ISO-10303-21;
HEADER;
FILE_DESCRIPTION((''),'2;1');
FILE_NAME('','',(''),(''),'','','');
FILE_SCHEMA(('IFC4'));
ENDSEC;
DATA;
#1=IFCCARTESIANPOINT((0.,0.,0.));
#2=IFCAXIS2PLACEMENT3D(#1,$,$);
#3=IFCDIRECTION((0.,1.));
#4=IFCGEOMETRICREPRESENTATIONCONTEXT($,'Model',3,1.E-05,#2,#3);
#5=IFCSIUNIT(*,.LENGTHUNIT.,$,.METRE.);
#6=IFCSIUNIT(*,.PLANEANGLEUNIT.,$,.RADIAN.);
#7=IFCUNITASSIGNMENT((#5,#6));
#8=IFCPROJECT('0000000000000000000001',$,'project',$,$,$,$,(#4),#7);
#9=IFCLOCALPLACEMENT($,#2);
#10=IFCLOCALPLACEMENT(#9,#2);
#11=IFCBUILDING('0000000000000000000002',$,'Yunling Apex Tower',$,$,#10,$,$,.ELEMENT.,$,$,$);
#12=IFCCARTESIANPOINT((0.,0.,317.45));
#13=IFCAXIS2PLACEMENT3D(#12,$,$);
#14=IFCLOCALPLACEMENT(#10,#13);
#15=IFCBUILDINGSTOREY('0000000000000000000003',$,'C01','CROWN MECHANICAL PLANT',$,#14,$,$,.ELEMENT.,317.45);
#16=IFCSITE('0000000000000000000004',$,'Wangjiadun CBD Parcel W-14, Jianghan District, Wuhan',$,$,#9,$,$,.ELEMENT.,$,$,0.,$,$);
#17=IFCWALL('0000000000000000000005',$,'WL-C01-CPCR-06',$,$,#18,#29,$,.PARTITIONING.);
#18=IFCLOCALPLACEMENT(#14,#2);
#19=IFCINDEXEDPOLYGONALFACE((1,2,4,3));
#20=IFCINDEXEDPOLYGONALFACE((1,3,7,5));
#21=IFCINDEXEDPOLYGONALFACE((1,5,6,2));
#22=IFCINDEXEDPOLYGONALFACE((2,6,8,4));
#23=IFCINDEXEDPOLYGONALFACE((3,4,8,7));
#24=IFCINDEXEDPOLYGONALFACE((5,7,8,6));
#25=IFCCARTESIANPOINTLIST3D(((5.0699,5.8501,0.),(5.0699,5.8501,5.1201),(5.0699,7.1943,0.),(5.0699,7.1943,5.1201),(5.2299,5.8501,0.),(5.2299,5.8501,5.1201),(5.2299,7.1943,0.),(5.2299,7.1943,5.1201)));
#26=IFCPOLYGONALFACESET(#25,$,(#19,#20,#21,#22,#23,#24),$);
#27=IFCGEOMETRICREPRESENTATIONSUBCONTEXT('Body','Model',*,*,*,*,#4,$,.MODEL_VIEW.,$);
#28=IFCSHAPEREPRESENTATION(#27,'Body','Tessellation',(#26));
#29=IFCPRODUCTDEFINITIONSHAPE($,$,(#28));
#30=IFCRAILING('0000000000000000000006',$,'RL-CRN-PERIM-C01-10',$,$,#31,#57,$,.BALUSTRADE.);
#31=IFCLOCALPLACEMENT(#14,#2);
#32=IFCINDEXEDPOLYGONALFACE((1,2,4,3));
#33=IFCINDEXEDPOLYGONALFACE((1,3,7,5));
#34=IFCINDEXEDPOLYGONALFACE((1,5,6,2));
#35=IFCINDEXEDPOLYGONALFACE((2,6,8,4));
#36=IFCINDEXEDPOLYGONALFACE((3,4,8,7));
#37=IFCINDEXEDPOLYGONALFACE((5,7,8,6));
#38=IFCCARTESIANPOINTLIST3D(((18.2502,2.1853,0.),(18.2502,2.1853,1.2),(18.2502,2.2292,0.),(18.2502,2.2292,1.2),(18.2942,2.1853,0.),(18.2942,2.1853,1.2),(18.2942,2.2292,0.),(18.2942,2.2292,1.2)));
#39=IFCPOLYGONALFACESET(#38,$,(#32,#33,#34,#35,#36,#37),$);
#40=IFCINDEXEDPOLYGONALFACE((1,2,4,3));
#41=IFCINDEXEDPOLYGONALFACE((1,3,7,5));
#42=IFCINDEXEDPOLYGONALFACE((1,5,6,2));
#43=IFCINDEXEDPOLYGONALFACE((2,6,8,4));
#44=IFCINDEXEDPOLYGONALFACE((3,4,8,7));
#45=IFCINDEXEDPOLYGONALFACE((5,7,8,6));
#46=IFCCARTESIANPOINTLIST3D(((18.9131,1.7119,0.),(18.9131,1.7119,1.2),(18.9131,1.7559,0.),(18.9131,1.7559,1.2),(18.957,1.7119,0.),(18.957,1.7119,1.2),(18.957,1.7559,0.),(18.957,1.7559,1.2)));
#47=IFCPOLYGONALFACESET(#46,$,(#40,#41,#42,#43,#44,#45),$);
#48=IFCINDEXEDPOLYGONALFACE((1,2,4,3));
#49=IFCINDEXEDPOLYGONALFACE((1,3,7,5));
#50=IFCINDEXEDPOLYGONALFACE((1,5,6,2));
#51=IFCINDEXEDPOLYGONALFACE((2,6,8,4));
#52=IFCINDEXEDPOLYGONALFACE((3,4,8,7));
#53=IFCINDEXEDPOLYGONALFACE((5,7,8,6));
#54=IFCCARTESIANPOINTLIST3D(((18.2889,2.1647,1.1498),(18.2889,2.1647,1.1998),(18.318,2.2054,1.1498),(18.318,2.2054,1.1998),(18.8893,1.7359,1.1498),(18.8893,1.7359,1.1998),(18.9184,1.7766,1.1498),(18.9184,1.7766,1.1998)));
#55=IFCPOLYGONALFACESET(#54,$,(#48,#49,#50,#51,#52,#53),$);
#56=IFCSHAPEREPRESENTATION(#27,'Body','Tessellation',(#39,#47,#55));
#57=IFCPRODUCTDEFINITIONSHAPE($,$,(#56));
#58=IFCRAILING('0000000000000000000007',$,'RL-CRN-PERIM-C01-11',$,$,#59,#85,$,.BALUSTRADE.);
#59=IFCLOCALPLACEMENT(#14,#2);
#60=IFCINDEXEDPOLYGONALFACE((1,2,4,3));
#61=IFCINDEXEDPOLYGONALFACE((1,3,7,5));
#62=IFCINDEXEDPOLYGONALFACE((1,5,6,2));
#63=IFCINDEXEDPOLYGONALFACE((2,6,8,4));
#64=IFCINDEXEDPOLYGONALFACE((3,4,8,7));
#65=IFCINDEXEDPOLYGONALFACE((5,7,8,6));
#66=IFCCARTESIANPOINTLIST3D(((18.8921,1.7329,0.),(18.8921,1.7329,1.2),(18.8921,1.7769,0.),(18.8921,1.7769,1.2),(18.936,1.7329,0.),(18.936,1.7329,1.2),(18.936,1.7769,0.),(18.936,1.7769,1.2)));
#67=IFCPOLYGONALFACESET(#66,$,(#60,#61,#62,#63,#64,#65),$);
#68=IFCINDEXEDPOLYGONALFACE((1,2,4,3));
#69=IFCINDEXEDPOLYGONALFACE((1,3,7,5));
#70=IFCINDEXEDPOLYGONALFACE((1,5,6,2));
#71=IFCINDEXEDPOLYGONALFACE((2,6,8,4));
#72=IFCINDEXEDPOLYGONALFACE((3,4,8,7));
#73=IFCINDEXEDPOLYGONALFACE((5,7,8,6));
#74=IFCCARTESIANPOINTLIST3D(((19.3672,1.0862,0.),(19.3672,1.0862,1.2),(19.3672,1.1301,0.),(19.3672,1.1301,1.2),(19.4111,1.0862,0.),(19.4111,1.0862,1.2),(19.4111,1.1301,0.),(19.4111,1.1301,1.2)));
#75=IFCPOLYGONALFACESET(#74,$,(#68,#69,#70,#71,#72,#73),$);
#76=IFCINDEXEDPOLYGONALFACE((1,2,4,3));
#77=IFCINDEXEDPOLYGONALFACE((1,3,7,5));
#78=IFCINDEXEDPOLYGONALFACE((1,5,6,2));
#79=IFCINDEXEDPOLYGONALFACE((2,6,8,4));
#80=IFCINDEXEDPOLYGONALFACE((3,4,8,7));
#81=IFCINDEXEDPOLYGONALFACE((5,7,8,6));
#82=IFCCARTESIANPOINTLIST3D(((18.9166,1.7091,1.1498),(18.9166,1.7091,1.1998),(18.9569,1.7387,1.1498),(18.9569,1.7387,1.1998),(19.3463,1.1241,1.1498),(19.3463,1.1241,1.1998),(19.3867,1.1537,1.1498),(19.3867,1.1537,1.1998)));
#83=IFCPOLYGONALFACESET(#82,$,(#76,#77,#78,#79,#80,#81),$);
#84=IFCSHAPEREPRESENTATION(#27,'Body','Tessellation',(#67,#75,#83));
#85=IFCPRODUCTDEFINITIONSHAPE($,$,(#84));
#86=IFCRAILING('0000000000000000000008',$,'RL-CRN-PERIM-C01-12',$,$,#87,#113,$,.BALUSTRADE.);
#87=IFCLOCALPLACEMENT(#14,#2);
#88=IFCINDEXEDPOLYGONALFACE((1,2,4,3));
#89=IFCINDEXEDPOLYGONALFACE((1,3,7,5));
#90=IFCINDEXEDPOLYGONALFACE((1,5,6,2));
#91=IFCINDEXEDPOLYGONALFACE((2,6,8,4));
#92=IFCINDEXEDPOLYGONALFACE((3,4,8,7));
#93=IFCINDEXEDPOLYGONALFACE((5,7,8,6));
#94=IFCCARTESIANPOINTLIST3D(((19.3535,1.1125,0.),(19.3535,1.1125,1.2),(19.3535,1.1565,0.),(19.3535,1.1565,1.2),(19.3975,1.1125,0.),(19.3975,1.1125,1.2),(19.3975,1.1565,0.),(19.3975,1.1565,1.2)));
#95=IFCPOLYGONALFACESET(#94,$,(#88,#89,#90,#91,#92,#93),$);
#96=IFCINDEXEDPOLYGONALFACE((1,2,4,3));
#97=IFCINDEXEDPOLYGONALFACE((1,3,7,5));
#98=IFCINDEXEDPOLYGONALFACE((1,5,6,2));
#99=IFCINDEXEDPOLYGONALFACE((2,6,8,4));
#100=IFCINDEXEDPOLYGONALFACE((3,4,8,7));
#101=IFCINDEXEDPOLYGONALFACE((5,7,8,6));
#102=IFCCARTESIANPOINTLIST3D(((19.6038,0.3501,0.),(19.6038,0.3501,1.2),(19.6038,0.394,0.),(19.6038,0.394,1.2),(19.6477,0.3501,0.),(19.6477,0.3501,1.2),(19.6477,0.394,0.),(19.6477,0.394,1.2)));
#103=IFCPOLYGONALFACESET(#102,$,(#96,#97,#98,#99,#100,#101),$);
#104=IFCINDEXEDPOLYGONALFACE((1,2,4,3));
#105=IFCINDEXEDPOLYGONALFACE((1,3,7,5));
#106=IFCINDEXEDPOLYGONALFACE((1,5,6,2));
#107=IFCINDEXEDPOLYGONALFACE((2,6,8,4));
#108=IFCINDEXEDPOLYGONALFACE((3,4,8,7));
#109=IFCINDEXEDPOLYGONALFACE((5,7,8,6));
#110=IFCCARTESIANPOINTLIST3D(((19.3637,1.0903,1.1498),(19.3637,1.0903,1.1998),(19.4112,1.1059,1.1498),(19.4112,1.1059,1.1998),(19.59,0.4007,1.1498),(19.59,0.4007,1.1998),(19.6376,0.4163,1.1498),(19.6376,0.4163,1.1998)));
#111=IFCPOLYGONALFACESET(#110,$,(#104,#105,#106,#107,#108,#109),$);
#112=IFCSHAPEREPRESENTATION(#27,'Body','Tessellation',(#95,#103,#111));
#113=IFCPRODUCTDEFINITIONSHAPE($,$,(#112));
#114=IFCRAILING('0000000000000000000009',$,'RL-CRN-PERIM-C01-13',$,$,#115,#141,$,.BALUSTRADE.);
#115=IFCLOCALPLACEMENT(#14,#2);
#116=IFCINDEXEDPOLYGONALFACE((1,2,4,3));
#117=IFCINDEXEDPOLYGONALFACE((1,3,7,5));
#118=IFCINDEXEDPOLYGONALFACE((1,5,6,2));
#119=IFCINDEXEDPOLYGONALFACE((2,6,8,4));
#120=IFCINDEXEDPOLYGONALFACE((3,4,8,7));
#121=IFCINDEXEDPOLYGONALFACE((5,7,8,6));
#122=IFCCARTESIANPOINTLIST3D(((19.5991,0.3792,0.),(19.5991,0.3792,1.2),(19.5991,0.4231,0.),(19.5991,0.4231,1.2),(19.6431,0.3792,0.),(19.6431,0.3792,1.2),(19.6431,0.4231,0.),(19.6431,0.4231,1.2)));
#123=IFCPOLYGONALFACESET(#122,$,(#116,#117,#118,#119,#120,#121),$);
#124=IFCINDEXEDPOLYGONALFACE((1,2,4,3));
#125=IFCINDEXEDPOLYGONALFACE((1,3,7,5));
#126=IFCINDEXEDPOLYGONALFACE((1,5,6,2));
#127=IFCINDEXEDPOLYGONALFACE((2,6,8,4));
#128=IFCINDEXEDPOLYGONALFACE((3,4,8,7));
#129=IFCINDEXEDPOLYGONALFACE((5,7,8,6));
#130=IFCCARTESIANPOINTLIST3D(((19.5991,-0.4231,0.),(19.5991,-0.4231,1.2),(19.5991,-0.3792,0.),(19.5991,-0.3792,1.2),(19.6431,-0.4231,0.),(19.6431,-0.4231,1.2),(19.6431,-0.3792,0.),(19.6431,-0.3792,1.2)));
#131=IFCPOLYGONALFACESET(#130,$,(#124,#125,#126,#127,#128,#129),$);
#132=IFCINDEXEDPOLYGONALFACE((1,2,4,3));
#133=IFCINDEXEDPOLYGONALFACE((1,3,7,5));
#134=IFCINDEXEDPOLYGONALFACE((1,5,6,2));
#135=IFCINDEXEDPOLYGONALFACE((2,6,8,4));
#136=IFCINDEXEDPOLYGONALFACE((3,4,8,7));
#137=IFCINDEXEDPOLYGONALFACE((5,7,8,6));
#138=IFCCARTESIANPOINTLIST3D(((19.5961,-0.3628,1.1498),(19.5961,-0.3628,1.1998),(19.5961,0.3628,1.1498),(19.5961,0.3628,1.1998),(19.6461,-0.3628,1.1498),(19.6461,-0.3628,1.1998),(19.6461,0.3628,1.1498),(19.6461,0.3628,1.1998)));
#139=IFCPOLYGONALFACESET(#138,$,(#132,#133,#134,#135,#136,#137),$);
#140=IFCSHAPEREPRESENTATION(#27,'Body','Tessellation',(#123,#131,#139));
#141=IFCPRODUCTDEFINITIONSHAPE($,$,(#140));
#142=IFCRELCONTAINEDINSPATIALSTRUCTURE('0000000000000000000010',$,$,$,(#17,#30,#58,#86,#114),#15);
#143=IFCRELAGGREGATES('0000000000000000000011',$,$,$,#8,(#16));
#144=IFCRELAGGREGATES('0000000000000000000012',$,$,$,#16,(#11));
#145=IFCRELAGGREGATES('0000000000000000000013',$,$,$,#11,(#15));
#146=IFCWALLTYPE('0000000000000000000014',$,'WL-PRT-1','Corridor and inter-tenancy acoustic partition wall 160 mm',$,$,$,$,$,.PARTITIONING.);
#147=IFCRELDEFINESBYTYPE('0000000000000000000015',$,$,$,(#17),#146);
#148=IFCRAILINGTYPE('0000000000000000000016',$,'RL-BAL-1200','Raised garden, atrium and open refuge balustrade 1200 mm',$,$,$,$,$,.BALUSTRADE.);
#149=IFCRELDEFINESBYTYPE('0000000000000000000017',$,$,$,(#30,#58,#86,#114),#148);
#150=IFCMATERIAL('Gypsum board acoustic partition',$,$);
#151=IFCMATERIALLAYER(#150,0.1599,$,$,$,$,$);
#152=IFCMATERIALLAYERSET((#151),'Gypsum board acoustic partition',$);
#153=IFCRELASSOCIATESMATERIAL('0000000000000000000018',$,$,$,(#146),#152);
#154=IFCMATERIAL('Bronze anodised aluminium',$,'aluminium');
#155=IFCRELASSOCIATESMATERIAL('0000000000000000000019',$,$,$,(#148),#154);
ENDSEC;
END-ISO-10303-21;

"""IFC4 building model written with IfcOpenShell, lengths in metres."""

from ifc_helpers import new_model, si_unit, direction, frame, frame_2d, origin, origin_2d, place, context, subcontext, project, spatial, rectangle, extrude, material, layer, layer_set, type_object, element, save


model = new_model("IFC4")

# Units and contexts
model_context = context("Model", 3, precision=1e-05, world=origin(), true_north=direction((0.0, 1.0)))
body_context = subcontext(model_context, "Body", "Model", "MODEL_VIEW")
ifc_project = project(units=[si_unit("LENGTHUNIT", "METRE"), si_unit("PLANEANGLEUNIT", "RADIAN")], contexts=[model_context])

# Site, building, storey
site_placement = place(None, origin())
site = spatial("IfcSite", under=ifc_project, at=site_placement, Name="Wangjiadun CBD Parcel W-14, Jianghan District, Wuhan", CompositionType="ELEMENT", RefElevation=0.0)
building_placement = place(site_placement, origin())
building = spatial("IfcBuilding", under=site, at=building_placement, Name="Yunling Apex Tower", CompositionType="ELEMENT")
storey_placement = place(building_placement, frame((0.0, 0.0, 317.45)))
storey = spatial("IfcBuildingStorey", under=building, at=storey_placement, Name="C01", Description="CROWN MECHANICAL PLANT", CompositionType="ELEMENT", Elevation=317.45)

# Shared definitions
ifc_material_1 = material(Name="Bronze anodised aluminium", Category="aluminium")

# Wall
ifc_material_2 = material(Name="Gypsum board acoustic partition")
ifc_layer_1 = layer(ifc_material_2, 0.1599)
ifc_layer_set_1 = layer_set([ifc_layer_1], Name="Gypsum board acoustic partition")
wall_type = type_object("IfcWallType", Name="WL-PRT-1", Description="Corridor and inter-tenancy acoustic partition wall 160 mm", PredefinedType="PARTITIONING", material=ifc_layer_set_1)
wall_placement = place(storey_placement, frame((5.1499, 7.1943, 0.0), z_axis=(0.0, 0.0, 1.0), x_axis=(0.0, -1.0, 0.0)))
element("IfcWall", 1, at=wall_placement, inside=storey, type_object=wall_type, Name="WL-C01-CPCR-06", PredefinedType="PARTITIONING", context=body_context, shape_type="SweptSolid", body=[
    extrude(rectangle(XDim=1.3442, YDim=0.1599, at=frame_2d((0.6721, 0.0))), origin(), (0.0, 0.0, 1.0), 5.1201),
])

# Railings
railing_type = type_object("IfcRailingType", Name="RL-BAL-1200", Description="Raised garden, atrium and open refuge balustrade 1200 mm", PredefinedType="BALUSTRADE", material=ifc_material_1)
railing_1_placement = place(storey_placement, frame((18.2722, 2.2073, 0.0)))
element("IfcRailing", 2, at=railing_1_placement, inside=storey, type_object=railing_type, Name="RL-CRN-PERIM-C01-10", PredefinedType="BALUSTRADE", context=body_context, shape_type="SweptSolid", body=[
    extrude(rectangle(XDim=0.0439, YDim=0.0439, at=origin_2d()), origin(), (0.0, 0.0, 1.0), 1.2),
    extrude(rectangle(XDim=0.0439, YDim=0.0439, at=origin_2d()), frame((0.6628, -0.4734, 0.0)), (0.0, 0.0, 1.0), 1.2),
    extrude(rectangle(XDim=0.05, YDim=0.05, at=origin_2d()), frame((0.0312, -0.0222, 1.1748), z_axis=(0.813774, -0.581181, 0.0), x_axis=(0.581181, 0.813774, 0.0)), (0.0, 0.0, 1.0), 0.7378),
])
railing_2_placement = place(storey_placement, frame((18.9141, 1.7549, 0.0)))
element("IfcRailing", 3, at=railing_2_placement, inside=storey, type_object=railing_type, Name="RL-CRN-PERIM-C01-11", PredefinedType="BALUSTRADE", context=body_context, shape_type="SweptSolid", body=[
    extrude(rectangle(XDim=0.0439, YDim=0.0439, at=origin_2d()), origin(), (0.0, 0.0, 1.0), 1.2),
    extrude(rectangle(XDim=0.0439, YDim=0.0439, at=origin_2d()), frame((0.4751, -0.6467, 0.0)), (0.0, 0.0, 1.0), 1.2),
    extrude(rectangle(XDim=0.05, YDim=0.05, at=origin_2d()), frame((0.0227, -0.031, 1.1748), z_axis=(0.592036, -0.805911, 0.0), x_axis=(0.805911, 0.592036, 0.0)), (0.0, 0.0, 1.0), 0.7258),
])
railing_3_placement = place(storey_placement, frame((19.3755, 1.1345, 0.0)))
element("IfcRailing", 4, at=railing_3_placement, inside=storey, type_object=railing_type, Name="RL-CRN-PERIM-C01-12", PredefinedType="BALUSTRADE", context=body_context, shape_type="SweptSolid", body=[
    extrude(rectangle(XDim=0.0439, YDim=0.0439, at=origin_2d()), origin(), (0.0, 0.0, 1.0), 1.2),
    extrude(rectangle(XDim=0.0439, YDim=0.0439, at=origin_2d()), frame((0.2502, -0.7625, 0.0)), (0.0, 0.0, 1.0), 1.2),
    extrude(rectangle(XDim=0.05, YDim=0.05, at=origin_2d()), frame((0.012, -0.0364, 1.1748), z_axis=(0.311843, -0.950134, 0.0), x_axis=(0.950134, 0.311843, 0.0)), (0.0, 0.0, 1.0), 0.7258),
])
railing_4_placement = place(storey_placement, frame((19.6211, 0.4011, 0.0)))
element("IfcRailing", 5, at=railing_4_placement, inside=storey, type_object=railing_type, Name="RL-CRN-PERIM-C01-13", PredefinedType="BALUSTRADE", context=body_context, shape_type="SweptSolid", body=[
    extrude(rectangle(XDim=0.0439, YDim=0.0439, at=origin_2d()), origin(), (0.0, 0.0, 1.0), 1.2),
    extrude(rectangle(XDim=0.0439, YDim=0.0439, at=origin_2d()), frame((0.0, -0.8022, 0.0)), (0.0, 0.0, 1.0), 1.2),
    extrude(rectangle(XDim=0.05, YDim=0.05, at=origin_2d()), frame((0.0, -0.0383, 1.1748), z_axis=(0.0, -1.0, 0.0), x_axis=(1.0, 0.0, 0.0)), (0.0, 0.0, 1.0), 0.7256),
])

save(model, "model.ifc")
